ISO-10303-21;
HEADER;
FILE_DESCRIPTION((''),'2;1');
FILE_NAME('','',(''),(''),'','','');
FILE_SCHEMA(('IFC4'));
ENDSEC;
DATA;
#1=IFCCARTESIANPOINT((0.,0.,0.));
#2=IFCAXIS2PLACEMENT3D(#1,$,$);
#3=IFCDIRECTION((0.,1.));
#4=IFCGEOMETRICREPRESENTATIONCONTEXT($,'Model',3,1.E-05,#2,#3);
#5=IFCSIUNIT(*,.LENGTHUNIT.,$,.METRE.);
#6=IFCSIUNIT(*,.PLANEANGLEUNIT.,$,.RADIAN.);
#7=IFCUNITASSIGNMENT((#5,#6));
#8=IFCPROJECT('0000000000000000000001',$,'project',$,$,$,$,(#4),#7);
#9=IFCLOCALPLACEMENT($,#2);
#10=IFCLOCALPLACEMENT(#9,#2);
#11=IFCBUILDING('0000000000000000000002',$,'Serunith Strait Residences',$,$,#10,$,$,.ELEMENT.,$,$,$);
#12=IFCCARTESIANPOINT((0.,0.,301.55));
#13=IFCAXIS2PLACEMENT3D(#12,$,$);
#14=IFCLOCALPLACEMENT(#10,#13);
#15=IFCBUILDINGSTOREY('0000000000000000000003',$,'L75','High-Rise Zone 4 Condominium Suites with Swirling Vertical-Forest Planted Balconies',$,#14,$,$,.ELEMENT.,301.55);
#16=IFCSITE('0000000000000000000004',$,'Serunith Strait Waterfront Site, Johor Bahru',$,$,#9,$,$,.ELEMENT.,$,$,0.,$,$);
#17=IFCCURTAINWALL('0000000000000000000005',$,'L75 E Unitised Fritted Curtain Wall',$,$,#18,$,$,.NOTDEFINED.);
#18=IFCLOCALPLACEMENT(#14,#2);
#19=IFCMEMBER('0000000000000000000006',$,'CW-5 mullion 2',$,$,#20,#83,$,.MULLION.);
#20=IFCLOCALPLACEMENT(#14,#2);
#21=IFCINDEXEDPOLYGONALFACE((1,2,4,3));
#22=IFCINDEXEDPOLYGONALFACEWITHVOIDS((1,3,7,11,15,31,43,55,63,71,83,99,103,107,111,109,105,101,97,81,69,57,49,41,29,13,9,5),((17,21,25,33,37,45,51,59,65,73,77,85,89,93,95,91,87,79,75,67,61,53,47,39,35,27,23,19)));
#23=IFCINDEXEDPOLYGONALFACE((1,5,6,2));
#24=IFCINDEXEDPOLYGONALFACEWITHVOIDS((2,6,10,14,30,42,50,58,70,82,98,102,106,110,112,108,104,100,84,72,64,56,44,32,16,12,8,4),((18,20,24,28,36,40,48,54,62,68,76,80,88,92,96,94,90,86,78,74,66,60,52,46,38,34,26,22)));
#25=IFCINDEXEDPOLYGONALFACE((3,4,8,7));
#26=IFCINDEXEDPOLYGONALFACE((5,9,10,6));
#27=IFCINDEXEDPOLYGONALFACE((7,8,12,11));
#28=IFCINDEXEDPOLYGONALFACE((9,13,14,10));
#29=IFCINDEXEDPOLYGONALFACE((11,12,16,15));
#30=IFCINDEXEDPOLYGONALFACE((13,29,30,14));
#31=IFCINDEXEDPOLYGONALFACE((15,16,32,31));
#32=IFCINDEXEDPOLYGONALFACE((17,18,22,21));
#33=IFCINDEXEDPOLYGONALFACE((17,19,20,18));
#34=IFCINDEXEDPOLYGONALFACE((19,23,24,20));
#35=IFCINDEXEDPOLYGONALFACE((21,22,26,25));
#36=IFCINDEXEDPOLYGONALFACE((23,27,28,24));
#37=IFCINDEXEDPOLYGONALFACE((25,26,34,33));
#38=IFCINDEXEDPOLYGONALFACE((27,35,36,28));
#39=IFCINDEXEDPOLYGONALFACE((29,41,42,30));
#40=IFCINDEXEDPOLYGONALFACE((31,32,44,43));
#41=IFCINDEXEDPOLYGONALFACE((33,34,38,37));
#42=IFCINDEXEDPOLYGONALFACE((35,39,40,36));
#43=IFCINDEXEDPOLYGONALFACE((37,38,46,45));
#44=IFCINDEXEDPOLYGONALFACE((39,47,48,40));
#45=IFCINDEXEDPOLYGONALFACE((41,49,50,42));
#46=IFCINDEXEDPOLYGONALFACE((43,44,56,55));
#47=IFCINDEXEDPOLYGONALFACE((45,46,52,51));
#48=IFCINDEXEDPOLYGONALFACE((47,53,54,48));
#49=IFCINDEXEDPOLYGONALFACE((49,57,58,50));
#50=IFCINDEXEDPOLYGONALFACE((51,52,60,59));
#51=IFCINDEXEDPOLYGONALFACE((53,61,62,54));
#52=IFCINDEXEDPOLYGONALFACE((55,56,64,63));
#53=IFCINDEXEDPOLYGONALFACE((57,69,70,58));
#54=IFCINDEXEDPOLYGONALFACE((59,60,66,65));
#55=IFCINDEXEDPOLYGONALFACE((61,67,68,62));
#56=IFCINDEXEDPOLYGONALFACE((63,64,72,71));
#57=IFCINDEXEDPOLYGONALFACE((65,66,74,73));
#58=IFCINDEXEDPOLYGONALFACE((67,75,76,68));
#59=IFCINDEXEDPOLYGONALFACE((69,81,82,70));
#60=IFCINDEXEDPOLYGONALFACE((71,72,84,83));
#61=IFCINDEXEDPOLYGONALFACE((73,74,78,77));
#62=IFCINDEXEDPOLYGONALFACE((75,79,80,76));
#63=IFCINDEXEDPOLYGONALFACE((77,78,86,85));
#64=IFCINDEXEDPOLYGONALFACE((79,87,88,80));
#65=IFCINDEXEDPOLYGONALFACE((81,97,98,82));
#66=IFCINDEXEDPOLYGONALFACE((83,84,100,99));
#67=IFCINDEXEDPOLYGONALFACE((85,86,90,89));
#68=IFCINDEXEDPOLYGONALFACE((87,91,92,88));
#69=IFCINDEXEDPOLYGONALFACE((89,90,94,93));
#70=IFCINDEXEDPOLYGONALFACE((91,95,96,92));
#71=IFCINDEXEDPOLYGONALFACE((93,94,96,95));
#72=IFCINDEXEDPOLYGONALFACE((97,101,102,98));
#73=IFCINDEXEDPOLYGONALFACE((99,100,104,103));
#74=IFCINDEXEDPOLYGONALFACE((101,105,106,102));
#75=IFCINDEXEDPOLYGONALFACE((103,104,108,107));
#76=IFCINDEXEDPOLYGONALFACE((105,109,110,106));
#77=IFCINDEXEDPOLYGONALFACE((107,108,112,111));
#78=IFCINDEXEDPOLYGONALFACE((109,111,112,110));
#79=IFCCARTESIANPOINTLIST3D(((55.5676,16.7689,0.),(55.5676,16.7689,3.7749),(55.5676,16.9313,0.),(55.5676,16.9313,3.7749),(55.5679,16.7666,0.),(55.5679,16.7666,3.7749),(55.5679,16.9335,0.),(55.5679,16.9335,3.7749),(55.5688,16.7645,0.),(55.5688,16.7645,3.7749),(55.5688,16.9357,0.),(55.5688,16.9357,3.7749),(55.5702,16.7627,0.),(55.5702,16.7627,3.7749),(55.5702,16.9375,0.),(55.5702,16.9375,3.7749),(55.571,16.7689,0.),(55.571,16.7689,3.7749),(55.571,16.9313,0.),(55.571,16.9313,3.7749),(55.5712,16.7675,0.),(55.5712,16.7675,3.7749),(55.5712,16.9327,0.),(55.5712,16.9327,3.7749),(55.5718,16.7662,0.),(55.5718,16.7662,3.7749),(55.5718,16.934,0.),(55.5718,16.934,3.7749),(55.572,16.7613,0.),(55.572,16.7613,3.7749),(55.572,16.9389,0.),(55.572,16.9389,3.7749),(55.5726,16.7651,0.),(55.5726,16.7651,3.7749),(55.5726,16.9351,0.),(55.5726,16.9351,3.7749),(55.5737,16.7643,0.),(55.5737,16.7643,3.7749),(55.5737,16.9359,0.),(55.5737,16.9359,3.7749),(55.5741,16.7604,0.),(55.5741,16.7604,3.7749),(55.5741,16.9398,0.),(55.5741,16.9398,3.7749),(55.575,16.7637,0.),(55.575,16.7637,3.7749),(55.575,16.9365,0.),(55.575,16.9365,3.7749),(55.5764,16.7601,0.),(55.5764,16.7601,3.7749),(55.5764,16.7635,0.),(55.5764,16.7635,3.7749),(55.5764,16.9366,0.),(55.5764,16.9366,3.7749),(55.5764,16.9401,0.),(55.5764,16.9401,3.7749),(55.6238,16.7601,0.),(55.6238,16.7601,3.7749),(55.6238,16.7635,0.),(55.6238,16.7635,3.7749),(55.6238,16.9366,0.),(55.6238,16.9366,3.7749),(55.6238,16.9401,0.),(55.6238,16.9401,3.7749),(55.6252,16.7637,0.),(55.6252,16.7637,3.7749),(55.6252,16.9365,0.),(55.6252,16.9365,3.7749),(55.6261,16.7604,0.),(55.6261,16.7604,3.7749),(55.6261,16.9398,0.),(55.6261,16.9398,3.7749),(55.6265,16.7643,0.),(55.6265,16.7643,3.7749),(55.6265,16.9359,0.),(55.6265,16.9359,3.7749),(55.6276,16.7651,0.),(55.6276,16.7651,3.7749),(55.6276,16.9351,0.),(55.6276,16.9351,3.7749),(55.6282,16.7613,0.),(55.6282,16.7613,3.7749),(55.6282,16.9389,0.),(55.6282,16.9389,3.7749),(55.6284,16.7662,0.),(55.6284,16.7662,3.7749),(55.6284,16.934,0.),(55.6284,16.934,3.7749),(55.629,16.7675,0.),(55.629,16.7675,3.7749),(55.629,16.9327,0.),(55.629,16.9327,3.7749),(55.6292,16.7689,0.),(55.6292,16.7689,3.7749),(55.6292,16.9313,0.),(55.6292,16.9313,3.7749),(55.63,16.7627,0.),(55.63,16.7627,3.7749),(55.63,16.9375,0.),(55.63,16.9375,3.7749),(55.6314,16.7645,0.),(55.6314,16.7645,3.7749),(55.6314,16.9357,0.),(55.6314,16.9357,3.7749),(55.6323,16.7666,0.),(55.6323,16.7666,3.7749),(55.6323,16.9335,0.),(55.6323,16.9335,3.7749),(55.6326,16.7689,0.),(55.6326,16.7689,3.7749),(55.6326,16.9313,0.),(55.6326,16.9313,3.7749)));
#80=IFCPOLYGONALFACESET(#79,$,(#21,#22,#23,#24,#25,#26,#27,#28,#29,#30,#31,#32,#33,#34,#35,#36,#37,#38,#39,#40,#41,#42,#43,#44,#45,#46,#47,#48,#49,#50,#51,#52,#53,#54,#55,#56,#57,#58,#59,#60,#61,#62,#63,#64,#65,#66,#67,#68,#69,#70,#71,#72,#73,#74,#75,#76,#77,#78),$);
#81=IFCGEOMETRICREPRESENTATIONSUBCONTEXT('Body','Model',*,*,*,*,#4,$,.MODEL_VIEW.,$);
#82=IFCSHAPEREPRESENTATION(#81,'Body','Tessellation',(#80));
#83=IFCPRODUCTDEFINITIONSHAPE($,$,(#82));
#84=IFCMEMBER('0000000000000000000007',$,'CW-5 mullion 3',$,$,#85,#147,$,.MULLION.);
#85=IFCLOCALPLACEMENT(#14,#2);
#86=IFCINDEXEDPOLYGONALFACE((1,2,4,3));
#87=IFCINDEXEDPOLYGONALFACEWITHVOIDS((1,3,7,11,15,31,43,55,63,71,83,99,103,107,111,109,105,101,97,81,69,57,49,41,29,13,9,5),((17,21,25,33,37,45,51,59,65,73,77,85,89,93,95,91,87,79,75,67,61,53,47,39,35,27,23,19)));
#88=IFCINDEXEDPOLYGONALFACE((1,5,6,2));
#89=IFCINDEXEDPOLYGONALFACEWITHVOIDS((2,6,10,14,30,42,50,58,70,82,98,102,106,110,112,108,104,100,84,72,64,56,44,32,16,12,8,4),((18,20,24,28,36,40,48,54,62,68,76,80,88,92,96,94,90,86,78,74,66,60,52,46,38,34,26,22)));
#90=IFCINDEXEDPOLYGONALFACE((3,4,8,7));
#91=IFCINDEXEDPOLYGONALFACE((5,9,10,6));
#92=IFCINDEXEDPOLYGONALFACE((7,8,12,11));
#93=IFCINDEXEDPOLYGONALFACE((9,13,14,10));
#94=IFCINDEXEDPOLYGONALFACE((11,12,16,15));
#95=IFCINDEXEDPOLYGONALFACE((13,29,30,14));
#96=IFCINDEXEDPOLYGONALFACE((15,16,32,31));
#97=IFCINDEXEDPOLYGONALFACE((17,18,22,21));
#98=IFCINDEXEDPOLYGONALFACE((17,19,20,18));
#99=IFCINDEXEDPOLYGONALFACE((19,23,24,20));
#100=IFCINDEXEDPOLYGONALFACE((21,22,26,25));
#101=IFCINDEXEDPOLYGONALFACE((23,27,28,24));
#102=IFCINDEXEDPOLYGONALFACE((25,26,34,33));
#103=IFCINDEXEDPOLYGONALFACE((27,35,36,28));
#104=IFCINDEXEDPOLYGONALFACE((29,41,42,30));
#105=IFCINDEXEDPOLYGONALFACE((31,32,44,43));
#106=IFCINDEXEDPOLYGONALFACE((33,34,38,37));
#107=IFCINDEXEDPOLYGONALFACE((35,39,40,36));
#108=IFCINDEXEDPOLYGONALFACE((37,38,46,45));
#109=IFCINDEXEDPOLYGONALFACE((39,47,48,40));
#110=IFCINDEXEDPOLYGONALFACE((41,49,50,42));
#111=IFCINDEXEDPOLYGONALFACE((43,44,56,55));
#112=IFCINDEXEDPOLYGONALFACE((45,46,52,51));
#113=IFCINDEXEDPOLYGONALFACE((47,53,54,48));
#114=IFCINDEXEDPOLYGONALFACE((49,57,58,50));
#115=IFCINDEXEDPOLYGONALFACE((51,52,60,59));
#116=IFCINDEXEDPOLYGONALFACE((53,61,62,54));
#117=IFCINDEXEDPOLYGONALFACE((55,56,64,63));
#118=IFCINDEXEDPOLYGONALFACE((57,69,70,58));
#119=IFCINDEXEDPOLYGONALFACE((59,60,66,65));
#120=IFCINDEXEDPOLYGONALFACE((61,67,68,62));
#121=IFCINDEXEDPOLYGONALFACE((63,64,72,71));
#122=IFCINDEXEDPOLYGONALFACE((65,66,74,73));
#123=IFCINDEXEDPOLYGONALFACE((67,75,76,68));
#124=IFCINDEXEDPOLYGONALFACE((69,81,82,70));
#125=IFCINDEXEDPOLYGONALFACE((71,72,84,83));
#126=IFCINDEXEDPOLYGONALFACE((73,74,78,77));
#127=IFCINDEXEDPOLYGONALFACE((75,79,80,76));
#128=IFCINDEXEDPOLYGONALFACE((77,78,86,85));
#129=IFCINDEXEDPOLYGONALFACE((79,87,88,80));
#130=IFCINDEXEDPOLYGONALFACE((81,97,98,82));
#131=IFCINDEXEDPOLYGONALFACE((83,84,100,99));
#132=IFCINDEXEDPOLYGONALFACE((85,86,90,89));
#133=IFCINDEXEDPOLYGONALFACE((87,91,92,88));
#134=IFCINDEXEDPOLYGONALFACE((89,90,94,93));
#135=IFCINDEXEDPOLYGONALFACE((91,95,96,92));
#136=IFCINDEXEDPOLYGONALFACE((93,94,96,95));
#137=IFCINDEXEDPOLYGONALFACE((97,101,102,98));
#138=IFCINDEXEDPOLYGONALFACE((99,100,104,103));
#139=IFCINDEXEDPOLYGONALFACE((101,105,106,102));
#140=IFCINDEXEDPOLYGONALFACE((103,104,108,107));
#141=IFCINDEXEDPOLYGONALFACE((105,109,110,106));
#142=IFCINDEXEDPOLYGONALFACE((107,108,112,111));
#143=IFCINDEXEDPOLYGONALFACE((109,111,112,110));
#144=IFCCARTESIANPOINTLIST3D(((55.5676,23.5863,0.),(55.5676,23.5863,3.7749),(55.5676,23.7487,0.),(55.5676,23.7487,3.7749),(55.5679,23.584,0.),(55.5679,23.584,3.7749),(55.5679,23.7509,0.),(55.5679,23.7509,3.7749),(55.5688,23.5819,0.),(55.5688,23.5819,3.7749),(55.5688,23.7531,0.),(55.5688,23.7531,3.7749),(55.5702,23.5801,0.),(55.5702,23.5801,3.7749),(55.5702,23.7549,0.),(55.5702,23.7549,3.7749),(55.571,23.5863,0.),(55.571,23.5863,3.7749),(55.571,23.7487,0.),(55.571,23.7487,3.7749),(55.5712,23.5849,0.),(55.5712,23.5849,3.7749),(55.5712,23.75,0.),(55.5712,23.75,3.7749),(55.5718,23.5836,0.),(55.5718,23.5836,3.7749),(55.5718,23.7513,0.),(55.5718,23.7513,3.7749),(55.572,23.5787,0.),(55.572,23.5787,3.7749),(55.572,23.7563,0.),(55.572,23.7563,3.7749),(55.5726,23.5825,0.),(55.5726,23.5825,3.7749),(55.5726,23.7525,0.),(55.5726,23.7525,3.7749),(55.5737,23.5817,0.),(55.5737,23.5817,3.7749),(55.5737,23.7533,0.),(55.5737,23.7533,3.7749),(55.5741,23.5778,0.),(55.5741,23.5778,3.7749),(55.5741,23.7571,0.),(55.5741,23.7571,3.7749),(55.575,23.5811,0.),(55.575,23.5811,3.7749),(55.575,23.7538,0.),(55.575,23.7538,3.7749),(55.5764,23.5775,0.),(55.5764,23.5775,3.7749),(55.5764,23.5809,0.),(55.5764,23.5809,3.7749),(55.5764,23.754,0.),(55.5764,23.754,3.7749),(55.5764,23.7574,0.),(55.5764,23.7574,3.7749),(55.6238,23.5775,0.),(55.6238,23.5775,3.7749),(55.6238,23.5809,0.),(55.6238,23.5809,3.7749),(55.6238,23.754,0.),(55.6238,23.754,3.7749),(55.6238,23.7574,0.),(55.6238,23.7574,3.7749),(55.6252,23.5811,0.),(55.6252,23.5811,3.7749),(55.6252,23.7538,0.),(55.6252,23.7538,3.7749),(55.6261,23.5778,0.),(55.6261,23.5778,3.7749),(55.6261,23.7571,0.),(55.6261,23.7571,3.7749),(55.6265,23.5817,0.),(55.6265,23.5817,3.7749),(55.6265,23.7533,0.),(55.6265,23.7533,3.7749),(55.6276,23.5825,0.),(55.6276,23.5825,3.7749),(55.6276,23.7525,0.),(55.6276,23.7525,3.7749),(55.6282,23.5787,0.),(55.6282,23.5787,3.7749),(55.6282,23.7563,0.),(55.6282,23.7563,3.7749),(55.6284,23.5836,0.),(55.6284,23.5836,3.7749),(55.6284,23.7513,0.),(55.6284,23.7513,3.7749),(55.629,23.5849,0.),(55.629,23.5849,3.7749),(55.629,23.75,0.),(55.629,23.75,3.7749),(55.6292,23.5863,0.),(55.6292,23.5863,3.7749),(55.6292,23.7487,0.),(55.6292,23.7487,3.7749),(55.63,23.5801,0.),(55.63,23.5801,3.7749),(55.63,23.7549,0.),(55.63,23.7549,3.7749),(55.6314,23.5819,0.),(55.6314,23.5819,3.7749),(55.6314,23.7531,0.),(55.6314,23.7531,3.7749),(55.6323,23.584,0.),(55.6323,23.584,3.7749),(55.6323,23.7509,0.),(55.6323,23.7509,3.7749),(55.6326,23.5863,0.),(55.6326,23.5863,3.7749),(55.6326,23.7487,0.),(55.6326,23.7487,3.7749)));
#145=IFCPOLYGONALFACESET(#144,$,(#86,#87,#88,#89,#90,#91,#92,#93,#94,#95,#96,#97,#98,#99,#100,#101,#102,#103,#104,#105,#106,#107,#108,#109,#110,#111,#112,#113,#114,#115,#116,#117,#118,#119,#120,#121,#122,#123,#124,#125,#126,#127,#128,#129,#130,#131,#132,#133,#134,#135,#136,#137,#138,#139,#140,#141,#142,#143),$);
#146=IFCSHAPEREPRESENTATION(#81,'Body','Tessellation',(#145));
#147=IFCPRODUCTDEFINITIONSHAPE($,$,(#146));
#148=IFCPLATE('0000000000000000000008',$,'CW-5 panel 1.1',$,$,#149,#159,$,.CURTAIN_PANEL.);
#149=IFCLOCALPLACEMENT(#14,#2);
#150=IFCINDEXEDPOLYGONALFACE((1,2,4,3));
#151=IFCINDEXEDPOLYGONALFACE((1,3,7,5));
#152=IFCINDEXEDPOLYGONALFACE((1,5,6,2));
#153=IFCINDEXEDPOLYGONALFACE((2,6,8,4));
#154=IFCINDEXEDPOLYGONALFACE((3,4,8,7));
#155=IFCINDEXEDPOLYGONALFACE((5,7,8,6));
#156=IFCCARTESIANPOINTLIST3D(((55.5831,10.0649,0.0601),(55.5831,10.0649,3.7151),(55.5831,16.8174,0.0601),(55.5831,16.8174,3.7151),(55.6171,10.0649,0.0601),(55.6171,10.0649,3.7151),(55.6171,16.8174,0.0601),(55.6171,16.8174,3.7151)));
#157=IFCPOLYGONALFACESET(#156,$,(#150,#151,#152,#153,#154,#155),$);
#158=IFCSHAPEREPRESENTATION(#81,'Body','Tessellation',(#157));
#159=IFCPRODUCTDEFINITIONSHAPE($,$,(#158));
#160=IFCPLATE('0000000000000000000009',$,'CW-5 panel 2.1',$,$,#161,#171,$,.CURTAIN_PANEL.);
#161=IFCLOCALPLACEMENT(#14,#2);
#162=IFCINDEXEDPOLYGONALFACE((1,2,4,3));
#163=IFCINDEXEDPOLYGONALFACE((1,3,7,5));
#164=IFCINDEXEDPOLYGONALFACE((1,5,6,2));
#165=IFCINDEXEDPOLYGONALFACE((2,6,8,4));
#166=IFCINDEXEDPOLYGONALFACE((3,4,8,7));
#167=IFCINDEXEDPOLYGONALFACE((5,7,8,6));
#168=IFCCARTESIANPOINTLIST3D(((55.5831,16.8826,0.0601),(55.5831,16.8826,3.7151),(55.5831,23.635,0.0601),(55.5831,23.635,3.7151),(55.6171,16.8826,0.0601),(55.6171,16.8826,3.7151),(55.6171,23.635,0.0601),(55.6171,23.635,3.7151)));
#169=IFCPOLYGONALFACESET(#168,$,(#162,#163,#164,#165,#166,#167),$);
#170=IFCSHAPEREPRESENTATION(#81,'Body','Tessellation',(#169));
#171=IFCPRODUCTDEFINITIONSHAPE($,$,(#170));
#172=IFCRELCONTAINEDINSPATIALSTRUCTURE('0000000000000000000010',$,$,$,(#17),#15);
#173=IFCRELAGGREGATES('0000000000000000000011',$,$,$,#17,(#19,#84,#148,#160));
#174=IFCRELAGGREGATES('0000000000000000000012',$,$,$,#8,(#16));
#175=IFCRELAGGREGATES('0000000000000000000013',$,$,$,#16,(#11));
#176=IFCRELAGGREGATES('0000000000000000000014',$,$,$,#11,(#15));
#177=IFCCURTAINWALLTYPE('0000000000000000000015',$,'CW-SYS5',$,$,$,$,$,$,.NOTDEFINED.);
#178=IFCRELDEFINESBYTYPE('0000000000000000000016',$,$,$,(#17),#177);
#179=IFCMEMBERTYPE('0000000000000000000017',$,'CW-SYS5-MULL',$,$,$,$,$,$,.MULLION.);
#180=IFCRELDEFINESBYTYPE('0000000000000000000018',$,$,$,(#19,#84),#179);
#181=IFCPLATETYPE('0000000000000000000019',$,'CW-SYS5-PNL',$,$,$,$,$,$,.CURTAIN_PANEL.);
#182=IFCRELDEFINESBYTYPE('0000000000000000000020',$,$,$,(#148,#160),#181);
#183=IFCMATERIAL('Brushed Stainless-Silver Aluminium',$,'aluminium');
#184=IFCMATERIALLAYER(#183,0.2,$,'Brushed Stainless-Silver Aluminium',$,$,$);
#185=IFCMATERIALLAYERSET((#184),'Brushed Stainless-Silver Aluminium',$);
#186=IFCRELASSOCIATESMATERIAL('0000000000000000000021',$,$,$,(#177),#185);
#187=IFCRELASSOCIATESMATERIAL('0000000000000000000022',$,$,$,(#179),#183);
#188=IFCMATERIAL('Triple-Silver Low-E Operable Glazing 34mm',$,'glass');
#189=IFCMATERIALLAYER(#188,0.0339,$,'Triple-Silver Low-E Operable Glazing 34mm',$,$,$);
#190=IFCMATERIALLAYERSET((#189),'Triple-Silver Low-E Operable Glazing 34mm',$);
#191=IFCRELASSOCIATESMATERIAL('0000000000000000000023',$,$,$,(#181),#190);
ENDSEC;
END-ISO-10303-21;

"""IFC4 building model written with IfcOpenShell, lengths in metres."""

from ifc_helpers import new_model, si_unit, direction, frame, origin, origin_2d, place, context, subcontext, project, spatial, rectangle, hollow_rectangle, extrude, source, transform, mapped, material, layer, layer_set, material_profile, profile_set, type_object, element, aggregate, save


model = new_model("IFC4")

# Units and contexts
model_context = context("Model", 3, precision=1e-05, world=origin(), true_north=direction((0.0, 1.0)))
body_context = subcontext(model_context, "Body", "Model", "MODEL_VIEW")
ifc_project = project(units=[si_unit("LENGTHUNIT", "METRE"), si_unit("PLANEANGLEUNIT", "RADIAN")], contexts=[model_context])

# Site, building, storey
site_placement = place(None, origin())
site = spatial("IfcSite", under=ifc_project, at=site_placement, Name="Serunith Strait Waterfront Site, Johor Bahru", CompositionType="ELEMENT", RefElevation=0.0)
building_placement = place(site_placement, origin())
building = spatial("IfcBuilding", under=site, at=building_placement, Name="Serunith Strait Residences", CompositionType="ELEMENT")
storey_placement = place(building_placement, frame((0.0, 0.0, 301.55)))
storey = spatial("IfcBuildingStorey", under=building, at=storey_placement, Name="L75", Description="High-Rise Zone 4 Condominium Suites with Swirling Vertical-Forest Planted Balconies", CompositionType="ELEMENT", Elevation=301.55)

# Curtain wall, members, plates
ifc_material_1 = material(Name="Brushed Stainless-Silver Aluminium", Category="aluminium")
ifc_layer_1 = layer(ifc_material_1, 0.2, Name="Brushed Stainless-Silver Aluminium")
ifc_layer_set_1 = layer_set([ifc_layer_1], Name="Brushed Stainless-Silver Aluminium")
curtain_wall_type = type_object("IfcCurtainWallType", Name="CW-SYS5", PredefinedType="NOTDEFINED", material=ifc_layer_set_1)
curtain_wall_placement = place(storey_placement, origin())
curtain_wall = element("IfcCurtainWall", 1, at=curtain_wall_placement, inside=storey, type_object=curtain_wall_type, Name="L75 E Unitised Fritted Curtain Wall", PredefinedType="NOTDEFINED")
ifc_material_profile_1 = material_profile(ifc_material_1, hollow_rectangle(XDim=0.0649, YDim=0.1799, WallThickness=0.0034, InnerFilletRadius=0.0054, OuterFilletRadius=0.0088, at=origin_2d()), Name="ALU 180x65x3.5")
ifc_profile_set_1 = profile_set([ifc_material_profile_1], Name="Brushed Stainless-Silver Aluminium")
member_type_1 = type_object("IfcMemberType", Name="CW-SYS5-MULL", PredefinedType="MULLION", material=ifc_profile_set_1)
shared_shape_1 = source(origin(), body_context, "Body", "SweptSolid", [
    extrude(hollow_rectangle(XDim=0.0649, YDim=0.1799, WallThickness=0.0034, InnerFilletRadius=0.0054, OuterFilletRadius=0.0088, at=origin_2d()), origin(), (0.0, 0.0, 1.0), 3.7749),
])
member_1_placement = place(storey_placement, frame((55.6001, 16.8501, 0.0), z_axis=(0.0, 0.0, 1.0), x_axis=(-1.0, 0.0, 0.0)))
member_1 = element("IfcMember", 2, at=member_1_placement, type_object=member_type_1, Name="CW-5 mullion 2", PredefinedType="MULLION", context=body_context, shape_type="MappedRepresentation", body=[
    mapped(shared_shape_1, transform((0.0, 0.0, 0.0), scale=1.0)),
])
member_2_placement = place(storey_placement, frame((55.6001, 23.6675, 0.0), z_axis=(0.0, 0.0, 1.0), x_axis=(-1.0, 0.0, 0.0)))
member_2 = element("IfcMember", 3, at=member_2_placement, type_object=member_type_1, Name="CW-5 mullion 3", PredefinedType="MULLION", context=body_context, shape_type="MappedRepresentation", body=[
    mapped(shared_shape_1, transform((0.0, 0.0, 0.0), scale=1.0)),
])
ifc_material_2 = material(Name="Triple-Silver Low-E Operable Glazing 34mm", Category="glass")
ifc_layer_2 = layer(ifc_material_2, 0.0339, Name="Triple-Silver Low-E Operable Glazing 34mm")
ifc_layer_set_2 = layer_set([ifc_layer_2], Name="Triple-Silver Low-E Operable Glazing 34mm")
plate_type = type_object("IfcPlateType", Name="CW-SYS5-PNL", PredefinedType="CURTAIN_PANEL", material=ifc_layer_set_2)
shared_shape_2 = source(origin(), body_context, "Body", "SweptSolid", [
    extrude(rectangle(XDim=6.7524, YDim=0.0339, at=origin_2d()), origin(), (0.0, 0.0, 1.0), 3.655),
])
plate_1_placement = place(storey_placement, frame((55.6001, 13.4412, 0.0601), z_axis=(0.0, 0.0, 1.0), x_axis=(0.0, 1.0, 0.0)))
plate_1 = element("IfcPlate", 4, at=plate_1_placement, type_object=plate_type, Name="CW-5 panel 1.1", PredefinedType="CURTAIN_PANEL", context=body_context, shape_type="MappedRepresentation", body=[
    mapped(shared_shape_2, transform((0.0, 0.0, 0.0), scale=1.0)),
])
plate_2_placement = place(storey_placement, frame((55.6001, 20.2588, 0.0601), z_axis=(0.0, 0.0, 1.0), x_axis=(0.0, 1.0, 0.0)))
plate_2 = element("IfcPlate", 5, at=plate_2_placement, type_object=plate_type, Name="CW-5 panel 2.1", PredefinedType="CURTAIN_PANEL", context=body_context, shape_type="MappedRepresentation", body=[
    mapped(shared_shape_2, transform((0.0, 0.0, 0.0), scale=1.0)),
])
aggregate(curtain_wall, [member_1, member_2, plate_1, plate_2])

save(model, "model.ifc")
